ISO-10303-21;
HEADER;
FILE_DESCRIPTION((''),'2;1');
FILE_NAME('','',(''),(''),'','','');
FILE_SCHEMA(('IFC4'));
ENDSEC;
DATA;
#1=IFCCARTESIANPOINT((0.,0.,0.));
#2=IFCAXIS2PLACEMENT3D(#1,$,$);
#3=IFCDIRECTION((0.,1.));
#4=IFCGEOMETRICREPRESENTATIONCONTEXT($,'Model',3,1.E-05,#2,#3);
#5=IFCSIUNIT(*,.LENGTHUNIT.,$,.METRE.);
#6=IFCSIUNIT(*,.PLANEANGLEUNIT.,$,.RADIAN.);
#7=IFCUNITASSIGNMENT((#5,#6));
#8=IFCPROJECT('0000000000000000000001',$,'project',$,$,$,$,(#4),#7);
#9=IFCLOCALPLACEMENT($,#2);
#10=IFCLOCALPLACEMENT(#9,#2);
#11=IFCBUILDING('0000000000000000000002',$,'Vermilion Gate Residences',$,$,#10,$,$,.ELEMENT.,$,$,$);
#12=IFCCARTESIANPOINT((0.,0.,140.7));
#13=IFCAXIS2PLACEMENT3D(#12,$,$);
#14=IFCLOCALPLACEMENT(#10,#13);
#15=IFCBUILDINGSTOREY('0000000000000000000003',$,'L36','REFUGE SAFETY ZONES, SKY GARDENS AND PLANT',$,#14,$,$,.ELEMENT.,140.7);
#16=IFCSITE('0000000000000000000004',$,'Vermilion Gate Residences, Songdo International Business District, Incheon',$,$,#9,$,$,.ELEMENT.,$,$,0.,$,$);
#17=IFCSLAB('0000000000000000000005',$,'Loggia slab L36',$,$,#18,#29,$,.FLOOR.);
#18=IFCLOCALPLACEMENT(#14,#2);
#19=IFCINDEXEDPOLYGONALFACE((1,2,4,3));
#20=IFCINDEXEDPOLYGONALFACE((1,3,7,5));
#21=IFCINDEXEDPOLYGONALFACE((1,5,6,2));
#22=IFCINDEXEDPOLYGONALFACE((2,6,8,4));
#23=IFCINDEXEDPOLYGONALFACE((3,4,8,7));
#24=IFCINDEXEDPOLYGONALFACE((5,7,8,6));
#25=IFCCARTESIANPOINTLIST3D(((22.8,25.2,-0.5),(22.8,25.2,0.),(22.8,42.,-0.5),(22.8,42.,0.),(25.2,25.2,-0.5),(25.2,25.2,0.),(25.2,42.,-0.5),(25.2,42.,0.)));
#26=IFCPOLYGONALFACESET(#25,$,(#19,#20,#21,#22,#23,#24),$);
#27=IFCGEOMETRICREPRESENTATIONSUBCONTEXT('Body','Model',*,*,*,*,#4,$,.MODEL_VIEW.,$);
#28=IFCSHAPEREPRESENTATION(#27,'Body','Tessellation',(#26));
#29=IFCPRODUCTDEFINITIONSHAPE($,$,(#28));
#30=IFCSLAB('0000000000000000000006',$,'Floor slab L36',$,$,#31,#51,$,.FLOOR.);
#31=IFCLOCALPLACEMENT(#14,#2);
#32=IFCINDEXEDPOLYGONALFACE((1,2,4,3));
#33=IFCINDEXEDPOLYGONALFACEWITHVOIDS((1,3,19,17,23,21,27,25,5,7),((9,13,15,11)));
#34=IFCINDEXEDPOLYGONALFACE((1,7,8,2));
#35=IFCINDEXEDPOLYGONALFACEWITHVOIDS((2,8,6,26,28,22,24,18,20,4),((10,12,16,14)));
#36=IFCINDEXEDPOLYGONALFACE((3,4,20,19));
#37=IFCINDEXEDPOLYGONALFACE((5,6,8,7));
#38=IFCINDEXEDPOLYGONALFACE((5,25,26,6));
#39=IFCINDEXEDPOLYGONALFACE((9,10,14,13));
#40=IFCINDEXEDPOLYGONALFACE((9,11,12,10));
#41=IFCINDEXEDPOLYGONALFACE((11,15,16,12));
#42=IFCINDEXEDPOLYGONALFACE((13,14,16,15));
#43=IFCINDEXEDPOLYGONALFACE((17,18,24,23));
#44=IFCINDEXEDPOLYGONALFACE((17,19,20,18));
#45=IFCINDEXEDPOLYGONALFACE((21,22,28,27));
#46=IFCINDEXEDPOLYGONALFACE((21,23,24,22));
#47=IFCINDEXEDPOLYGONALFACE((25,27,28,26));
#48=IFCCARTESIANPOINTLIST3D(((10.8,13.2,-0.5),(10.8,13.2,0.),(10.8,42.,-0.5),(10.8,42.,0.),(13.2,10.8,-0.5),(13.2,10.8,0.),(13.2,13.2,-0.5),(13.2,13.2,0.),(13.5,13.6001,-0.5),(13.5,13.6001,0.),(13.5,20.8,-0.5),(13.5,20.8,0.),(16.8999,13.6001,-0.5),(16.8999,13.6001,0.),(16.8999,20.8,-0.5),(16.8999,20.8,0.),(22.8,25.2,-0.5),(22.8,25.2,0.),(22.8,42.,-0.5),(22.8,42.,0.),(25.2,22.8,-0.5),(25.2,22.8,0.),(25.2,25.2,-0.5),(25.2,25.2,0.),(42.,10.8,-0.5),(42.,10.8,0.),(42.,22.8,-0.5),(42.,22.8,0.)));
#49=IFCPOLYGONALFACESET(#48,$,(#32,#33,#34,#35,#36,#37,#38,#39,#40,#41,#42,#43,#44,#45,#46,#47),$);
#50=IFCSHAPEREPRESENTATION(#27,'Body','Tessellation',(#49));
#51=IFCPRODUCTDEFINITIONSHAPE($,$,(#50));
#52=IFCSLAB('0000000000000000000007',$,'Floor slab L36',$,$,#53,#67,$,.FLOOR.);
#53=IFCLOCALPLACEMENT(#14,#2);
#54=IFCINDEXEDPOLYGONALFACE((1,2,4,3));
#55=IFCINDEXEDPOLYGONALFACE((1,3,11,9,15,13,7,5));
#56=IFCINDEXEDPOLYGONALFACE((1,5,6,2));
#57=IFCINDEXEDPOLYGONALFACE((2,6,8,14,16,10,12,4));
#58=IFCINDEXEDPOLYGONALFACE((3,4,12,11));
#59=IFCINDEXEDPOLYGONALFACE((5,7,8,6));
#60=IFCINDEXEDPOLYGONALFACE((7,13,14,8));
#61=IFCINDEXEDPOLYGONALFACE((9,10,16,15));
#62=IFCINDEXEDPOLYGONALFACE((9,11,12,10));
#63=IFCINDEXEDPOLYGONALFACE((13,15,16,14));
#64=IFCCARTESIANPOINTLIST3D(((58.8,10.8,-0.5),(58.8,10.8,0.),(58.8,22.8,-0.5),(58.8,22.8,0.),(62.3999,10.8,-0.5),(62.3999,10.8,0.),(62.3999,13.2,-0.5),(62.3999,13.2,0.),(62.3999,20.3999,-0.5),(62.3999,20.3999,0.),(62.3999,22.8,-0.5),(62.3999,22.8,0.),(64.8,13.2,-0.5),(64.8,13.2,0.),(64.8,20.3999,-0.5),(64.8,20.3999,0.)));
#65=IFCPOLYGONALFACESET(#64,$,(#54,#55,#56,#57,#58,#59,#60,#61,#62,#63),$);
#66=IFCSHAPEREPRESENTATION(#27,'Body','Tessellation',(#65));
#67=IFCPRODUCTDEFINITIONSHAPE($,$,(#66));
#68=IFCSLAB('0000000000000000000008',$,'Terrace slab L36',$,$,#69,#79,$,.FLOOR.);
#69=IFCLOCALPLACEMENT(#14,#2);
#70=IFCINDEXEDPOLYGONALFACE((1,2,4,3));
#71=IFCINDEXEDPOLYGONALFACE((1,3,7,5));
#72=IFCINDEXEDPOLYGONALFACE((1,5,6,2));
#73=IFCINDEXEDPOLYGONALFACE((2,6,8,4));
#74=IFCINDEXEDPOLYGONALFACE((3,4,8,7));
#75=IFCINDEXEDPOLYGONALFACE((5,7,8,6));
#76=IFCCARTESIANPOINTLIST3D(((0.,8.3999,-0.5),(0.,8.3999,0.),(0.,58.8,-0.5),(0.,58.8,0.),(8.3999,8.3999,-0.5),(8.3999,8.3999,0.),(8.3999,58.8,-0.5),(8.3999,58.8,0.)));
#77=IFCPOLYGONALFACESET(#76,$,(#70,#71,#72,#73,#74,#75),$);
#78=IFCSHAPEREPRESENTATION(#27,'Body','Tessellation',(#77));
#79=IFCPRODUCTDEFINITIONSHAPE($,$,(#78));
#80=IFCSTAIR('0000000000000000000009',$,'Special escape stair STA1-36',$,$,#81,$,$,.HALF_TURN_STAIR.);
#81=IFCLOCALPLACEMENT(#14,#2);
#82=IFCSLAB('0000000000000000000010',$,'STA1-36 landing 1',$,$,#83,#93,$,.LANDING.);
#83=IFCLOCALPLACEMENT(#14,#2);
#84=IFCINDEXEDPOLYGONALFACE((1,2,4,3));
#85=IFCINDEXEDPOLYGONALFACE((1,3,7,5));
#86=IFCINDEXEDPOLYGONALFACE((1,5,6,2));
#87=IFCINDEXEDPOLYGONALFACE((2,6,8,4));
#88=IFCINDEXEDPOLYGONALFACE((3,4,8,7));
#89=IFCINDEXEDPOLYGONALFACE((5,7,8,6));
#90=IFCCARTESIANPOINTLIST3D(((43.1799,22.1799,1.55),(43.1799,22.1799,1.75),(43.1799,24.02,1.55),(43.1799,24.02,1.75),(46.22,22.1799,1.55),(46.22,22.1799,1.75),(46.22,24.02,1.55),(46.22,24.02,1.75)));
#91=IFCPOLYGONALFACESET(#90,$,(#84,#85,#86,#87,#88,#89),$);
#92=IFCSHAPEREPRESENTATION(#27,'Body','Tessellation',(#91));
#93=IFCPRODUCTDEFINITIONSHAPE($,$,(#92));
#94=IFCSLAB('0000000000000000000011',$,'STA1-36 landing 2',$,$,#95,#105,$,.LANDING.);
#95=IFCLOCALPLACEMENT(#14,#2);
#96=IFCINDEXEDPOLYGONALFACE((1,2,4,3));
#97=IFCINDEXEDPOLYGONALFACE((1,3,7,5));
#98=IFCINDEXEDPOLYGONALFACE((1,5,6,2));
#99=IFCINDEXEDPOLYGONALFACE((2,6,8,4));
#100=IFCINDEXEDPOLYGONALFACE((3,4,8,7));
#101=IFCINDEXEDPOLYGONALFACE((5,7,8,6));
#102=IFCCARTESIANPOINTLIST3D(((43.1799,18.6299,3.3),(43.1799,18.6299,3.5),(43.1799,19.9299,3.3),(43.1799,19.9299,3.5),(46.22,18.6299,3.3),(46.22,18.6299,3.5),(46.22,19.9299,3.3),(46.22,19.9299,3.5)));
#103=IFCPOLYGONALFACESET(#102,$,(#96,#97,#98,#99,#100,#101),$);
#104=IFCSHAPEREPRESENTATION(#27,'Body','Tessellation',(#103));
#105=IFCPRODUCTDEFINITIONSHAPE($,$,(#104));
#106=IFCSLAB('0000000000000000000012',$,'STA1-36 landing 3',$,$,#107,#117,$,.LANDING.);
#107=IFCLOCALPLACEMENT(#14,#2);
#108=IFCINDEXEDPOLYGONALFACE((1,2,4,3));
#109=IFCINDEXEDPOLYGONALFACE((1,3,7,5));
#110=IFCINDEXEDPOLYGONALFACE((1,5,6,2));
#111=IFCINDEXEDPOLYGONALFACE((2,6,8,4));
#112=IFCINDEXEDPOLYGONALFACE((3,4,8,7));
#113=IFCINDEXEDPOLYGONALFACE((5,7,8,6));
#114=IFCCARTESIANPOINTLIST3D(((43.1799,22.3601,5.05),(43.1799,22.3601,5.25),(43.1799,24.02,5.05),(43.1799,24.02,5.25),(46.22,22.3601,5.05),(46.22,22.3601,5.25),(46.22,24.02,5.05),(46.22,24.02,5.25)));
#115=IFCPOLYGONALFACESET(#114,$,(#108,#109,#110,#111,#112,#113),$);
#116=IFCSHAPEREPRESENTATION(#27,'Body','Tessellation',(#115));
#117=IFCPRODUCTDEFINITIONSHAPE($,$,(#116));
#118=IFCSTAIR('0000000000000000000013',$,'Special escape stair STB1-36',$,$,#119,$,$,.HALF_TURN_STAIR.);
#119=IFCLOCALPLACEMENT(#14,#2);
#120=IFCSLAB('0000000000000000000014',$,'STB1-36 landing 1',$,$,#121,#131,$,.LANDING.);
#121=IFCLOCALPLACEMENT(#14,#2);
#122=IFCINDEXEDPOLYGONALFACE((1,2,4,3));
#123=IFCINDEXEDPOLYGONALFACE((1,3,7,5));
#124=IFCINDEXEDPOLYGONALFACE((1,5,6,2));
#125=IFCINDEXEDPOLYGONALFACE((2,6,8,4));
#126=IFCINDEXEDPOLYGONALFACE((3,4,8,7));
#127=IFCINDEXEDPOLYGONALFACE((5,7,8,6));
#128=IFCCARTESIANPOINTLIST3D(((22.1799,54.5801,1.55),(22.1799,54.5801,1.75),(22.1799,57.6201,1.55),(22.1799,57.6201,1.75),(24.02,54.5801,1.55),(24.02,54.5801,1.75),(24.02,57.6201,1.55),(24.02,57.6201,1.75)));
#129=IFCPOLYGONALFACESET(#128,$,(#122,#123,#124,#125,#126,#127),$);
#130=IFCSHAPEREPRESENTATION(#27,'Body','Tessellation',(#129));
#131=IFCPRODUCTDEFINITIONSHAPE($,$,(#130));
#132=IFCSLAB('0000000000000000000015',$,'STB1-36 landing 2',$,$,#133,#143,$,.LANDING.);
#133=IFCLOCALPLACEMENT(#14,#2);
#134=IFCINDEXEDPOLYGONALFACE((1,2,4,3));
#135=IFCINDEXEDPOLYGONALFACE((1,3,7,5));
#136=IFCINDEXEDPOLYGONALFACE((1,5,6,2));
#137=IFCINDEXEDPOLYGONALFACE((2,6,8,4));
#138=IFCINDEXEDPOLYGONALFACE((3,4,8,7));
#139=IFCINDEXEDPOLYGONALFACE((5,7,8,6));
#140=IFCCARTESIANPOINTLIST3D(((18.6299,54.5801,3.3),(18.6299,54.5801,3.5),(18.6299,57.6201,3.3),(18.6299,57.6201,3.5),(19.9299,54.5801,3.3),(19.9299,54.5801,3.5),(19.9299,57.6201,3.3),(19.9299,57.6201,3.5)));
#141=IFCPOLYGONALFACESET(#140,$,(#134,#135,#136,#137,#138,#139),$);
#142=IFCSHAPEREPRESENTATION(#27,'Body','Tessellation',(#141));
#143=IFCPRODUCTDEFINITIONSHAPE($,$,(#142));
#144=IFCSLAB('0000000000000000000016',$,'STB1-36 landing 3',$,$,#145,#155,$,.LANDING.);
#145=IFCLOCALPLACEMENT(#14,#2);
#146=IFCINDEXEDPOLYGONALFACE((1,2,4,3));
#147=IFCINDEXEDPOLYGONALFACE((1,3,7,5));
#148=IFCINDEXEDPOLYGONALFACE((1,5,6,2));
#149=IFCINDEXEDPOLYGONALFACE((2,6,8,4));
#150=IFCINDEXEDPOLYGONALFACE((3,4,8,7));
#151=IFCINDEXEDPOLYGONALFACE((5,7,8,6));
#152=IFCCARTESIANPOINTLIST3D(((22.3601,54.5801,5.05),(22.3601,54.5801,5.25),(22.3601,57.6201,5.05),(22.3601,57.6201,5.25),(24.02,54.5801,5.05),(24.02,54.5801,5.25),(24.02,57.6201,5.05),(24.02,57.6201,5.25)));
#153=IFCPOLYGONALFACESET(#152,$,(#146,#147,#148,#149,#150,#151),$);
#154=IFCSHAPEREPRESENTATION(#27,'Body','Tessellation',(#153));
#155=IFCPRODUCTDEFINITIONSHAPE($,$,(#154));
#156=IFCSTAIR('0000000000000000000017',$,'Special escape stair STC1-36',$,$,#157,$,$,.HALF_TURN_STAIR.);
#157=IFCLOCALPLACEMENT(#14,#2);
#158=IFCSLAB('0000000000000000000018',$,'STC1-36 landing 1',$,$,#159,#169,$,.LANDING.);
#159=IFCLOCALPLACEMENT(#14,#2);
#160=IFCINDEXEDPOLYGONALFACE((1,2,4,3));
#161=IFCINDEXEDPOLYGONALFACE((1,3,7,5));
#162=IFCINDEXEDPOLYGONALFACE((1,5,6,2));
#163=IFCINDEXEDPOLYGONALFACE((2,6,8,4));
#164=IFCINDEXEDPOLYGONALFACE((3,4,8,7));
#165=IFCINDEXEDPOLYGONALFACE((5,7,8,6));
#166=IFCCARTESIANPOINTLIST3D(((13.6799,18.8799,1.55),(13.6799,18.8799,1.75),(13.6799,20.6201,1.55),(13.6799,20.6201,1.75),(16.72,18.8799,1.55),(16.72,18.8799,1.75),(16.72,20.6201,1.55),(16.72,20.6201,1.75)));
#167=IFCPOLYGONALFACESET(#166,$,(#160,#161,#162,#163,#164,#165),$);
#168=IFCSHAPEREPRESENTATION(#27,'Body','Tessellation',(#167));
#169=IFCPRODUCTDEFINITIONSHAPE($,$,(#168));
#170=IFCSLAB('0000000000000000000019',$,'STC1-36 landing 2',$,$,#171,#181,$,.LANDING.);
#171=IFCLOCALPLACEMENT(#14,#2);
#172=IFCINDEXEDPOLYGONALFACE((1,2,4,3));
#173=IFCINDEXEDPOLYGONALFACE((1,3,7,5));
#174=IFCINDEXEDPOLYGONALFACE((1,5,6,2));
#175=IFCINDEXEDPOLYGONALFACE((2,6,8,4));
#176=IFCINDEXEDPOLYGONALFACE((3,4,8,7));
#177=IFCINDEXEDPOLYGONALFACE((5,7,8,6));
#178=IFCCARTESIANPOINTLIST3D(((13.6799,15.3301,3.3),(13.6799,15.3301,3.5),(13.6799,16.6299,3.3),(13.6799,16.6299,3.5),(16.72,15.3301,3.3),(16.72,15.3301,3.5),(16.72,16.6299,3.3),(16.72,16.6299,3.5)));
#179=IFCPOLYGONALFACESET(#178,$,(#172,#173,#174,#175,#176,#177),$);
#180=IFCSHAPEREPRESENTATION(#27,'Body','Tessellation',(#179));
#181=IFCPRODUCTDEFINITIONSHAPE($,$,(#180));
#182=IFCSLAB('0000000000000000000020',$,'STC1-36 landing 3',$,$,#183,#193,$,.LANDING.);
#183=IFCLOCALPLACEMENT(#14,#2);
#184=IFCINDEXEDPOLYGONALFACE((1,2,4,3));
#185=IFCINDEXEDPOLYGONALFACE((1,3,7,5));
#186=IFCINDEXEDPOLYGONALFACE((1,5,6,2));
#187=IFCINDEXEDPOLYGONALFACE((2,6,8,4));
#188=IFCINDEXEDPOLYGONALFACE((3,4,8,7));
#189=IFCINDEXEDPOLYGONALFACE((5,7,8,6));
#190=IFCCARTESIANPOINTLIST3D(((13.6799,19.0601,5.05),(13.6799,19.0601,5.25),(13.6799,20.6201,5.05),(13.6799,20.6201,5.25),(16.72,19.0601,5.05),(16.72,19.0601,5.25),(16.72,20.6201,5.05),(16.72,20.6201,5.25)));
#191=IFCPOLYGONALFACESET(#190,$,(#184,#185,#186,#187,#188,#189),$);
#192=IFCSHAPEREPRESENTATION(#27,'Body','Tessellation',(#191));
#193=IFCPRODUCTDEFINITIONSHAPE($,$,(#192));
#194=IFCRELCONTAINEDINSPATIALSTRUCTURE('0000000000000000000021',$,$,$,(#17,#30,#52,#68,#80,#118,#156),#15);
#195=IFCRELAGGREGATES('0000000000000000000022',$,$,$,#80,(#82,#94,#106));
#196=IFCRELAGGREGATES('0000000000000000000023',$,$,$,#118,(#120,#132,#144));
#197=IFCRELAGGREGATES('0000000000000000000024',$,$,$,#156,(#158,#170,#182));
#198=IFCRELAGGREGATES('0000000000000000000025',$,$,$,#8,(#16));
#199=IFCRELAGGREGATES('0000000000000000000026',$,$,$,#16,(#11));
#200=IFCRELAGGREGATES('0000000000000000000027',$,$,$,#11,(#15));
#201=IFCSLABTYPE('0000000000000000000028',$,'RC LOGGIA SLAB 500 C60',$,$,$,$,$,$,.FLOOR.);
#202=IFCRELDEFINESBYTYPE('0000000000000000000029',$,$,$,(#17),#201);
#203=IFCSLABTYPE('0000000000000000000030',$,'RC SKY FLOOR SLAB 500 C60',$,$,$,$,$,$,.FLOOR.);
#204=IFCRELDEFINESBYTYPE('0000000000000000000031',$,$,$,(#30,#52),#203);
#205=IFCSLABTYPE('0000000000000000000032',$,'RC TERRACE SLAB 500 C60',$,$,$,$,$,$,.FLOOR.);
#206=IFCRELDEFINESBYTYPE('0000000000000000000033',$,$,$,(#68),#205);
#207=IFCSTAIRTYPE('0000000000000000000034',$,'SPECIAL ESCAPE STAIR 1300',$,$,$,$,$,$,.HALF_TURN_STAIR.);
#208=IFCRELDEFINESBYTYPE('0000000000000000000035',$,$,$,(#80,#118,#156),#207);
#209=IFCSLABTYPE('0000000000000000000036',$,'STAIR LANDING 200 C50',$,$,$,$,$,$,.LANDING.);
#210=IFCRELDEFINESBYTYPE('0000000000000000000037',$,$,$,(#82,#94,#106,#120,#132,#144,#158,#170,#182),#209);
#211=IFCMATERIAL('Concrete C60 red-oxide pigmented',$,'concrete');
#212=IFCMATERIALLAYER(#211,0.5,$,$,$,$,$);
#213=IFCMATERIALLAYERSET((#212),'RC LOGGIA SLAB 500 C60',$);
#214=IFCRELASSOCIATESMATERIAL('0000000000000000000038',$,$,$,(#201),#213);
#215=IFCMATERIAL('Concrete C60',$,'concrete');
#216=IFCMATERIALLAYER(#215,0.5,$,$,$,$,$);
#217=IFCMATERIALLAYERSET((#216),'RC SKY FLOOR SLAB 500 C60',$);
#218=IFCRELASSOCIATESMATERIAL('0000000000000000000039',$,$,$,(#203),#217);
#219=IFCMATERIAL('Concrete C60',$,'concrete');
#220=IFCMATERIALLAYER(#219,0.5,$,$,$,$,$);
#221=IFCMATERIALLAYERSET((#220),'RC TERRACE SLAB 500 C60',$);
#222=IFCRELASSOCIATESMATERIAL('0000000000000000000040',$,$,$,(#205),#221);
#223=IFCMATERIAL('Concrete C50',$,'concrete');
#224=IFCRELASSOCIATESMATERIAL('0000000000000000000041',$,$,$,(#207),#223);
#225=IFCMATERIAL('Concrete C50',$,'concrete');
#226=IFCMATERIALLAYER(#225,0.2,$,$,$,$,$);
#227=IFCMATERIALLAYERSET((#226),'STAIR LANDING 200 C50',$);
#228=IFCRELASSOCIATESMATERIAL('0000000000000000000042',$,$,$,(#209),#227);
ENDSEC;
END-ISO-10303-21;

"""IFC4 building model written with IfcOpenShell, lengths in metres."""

from ifc_helpers import new_model, si_unit, direction, frame, origin, place, context, subcontext, project, spatial, polyline, outline, extrude, material, layer, layer_set, type_object, element, aggregate, save


model = new_model("IFC4")

# Units and contexts
model_context = context("Model", 3, precision=1e-05, world=origin(), true_north=direction((0.0, 1.0)))
body_context = subcontext(model_context, "Body", "Model", "MODEL_VIEW")
ifc_project = project(units=[si_unit("LENGTHUNIT", "METRE"), si_unit("PLANEANGLEUNIT", "RADIAN")], contexts=[model_context])

# Site, building, storey
site_placement = place(None, origin())
site = spatial("IfcSite", under=ifc_project, at=site_placement, Name="Vermilion Gate Residences, Songdo International Business District, Incheon", CompositionType="ELEMENT", RefElevation=0.0)
building_placement = place(site_placement, origin())
building = spatial("IfcBuilding", under=site, at=building_placement, Name="Vermilion Gate Residences", CompositionType="ELEMENT")
storey_placement = place(building_placement, frame((0.0, 0.0, 140.7)))
storey = spatial("IfcBuildingStorey", under=building, at=storey_placement, Name="L36", Description="REFUGE SAFETY ZONES, SKY GARDENS AND PLANT", CompositionType="ELEMENT", Elevation=140.7)

# Slabs
ifc_material_1 = material(Name="Concrete C60 red-oxide pigmented", Category="concrete")
ifc_layer_1 = layer(ifc_material_1, 0.5)
ifc_layer_set_1 = layer_set([ifc_layer_1], Name="RC LOGGIA SLAB 500 C60")
slab_type_1 = type_object("IfcSlabType", Name="RC LOGGIA SLAB 500 C60", PredefinedType="FLOOR", material=ifc_layer_set_1)
slab_1_placement = place(storey_placement, frame((0.0, 0.0, -0.5)))
element("IfcSlab", 1, at=slab_1_placement, inside=storey, type_object=slab_type_1, Name="Loggia slab L36", PredefinedType="FLOOR", context=body_context, shape_type="SweptSolid", body=[
    extrude(outline(polyline([(22.8, 42.0), (22.8, 25.2), (25.2, 25.2), (25.2, 42.0), (22.8, 42.0)])), origin(), (0.0, 0.0, 1.0), 0.5),
])
ifc_material_2 = material(Name="Concrete C60", Category="concrete")
ifc_layer_2 = layer(ifc_material_2, 0.5)
ifc_layer_set_2 = layer_set([ifc_layer_2], Name="RC SKY FLOOR SLAB 500 C60")
slab_type_2 = type_object("IfcSlabType", Name="RC SKY FLOOR SLAB 500 C60", PredefinedType="FLOOR", material=ifc_layer_set_2)
slab_2_placement = place(storey_placement, frame((0.0, 0.0, -0.5)))
element("IfcSlab", 2, at=slab_2_placement, inside=storey, type_object=slab_type_2, Name="Floor slab L36", PredefinedType="FLOOR", context=body_context, shape_type="SweptSolid", body=[
    extrude(outline(polyline([(22.8, 25.2), (22.8, 42.0), (10.8, 42.0), (10.8, 13.2), (13.2, 13.2), (13.2, 10.8), (42.0, 10.8), (42.0, 22.8), (25.2, 22.8), (25.2, 25.2), (22.8, 25.2)]), holes=[polyline([(13.5, 13.6001), (13.5, 20.8), (16.8999, 20.8), (16.8999, 13.6001), (13.5, 13.6001)])]), origin(), (0.0, 0.0, 1.0), 0.5),
])
slab_3_placement = place(storey_placement, frame((0.0, 0.0, -0.5)))
element("IfcSlab", 3, at=slab_3_placement, inside=storey, type_object=slab_type_2, Name="Floor slab L36", PredefinedType="FLOOR", context=body_context, shape_type="SweptSolid", body=[
    extrude(outline(polyline([(58.8, 22.8), (58.8, 10.8), (62.3999, 10.8), (62.3999, 13.2), (64.8, 13.2), (64.8, 20.3999), (62.3999, 20.3999), (62.3999, 22.8), (58.8, 22.8)])), origin(), (0.0, 0.0, 1.0), 0.5),
])
ifc_material_3 = material(Name="Concrete C60", Category="concrete")
ifc_layer_3 = layer(ifc_material_3, 0.5)
ifc_layer_set_3 = layer_set([ifc_layer_3], Name="RC TERRACE SLAB 500 C60")
slab_type_3 = type_object("IfcSlabType", Name="RC TERRACE SLAB 500 C60", PredefinedType="FLOOR", material=ifc_layer_set_3)
slab_4_placement = place(storey_placement, frame((0.0, 0.0, -0.5)))
element("IfcSlab", 4, at=slab_4_placement, inside=storey, type_object=slab_type_3, Name="Terrace slab L36", PredefinedType="FLOOR", context=body_context, shape_type="SweptSolid", body=[
    extrude(outline(polyline([(0.0, 58.8), (0.0, 8.3999), (8.3999, 8.3999), (8.3999, 58.8), (0.0, 58.8)])), origin(), (0.0, 0.0, 1.0), 0.5),
])

# Stairs, slabs
ifc_material_4 = material(Name="Concrete C50", Category="concrete")
stair_type = type_object("IfcStairType", Name="SPECIAL ESCAPE STAIR 1300", PredefinedType="HALF_TURN_STAIR", material=ifc_material_4)
stair_1_placement = place(storey_placement, origin())
stair_1 = element("IfcStair", 5, at=stair_1_placement, inside=storey, type_object=stair_type, Name="Special escape stair STA1-36", PredefinedType="HALF_TURN_STAIR")
ifc_material_5 = material(Name="Concrete C50", Category="concrete")
ifc_layer_4 = layer(ifc_material_5, 0.2)
ifc_layer_set_4 = layer_set([ifc_layer_4], Name="STAIR LANDING 200 C50")
slab_type_4 = type_object("IfcSlabType", Name="STAIR LANDING 200 C50", PredefinedType="LANDING", material=ifc_layer_set_4)
slab_5_placement = place(storey_placement, frame((0.0, 0.0, 1.55)))
slab_5 = element("IfcSlab", 6, at=slab_5_placement, type_object=slab_type_4, Name="STA1-36 landing 1", PredefinedType="LANDING", context=body_context, shape_type="SweptSolid", body=[
    extrude(outline(polyline([(46.22, 22.1799), (46.22, 24.02), (43.1799, 24.02), (43.1799, 22.1799), (46.22, 22.1799)])), origin(), (0.0, 0.0, 1.0), 0.2),
])
slab_6_placement = place(storey_placement, frame((0.0, 0.0, 3.3)))
slab_6 = element("IfcSlab", 7, at=slab_6_placement, type_object=slab_type_4, Name="STA1-36 landing 2", PredefinedType="LANDING", context=body_context, shape_type="SweptSolid", body=[
    extrude(outline(polyline([(46.22, 18.6299), (46.22, 19.9299), (43.1799, 19.9299), (43.1799, 18.6299), (46.22, 18.6299)])), origin(), (0.0, 0.0, 1.0), 0.2),
])
slab_7_placement = place(storey_placement, frame((0.0, 0.0, 5.05)))
slab_7 = element("IfcSlab", 8, at=slab_7_placement, type_object=slab_type_4, Name="STA1-36 landing 3", PredefinedType="LANDING", context=body_context, shape_type="SweptSolid", body=[
    extrude(outline(polyline([(46.22, 22.3601), (46.22, 24.02), (43.1799, 24.02), (43.1799, 22.3601), (46.22, 22.3601)])), origin(), (0.0, 0.0, 1.0), 0.2),
])
aggregate(stair_1, [slab_5, slab_6, slab_7])
stair_2_placement = place(storey_placement, origin())
stair_2 = element("IfcStair", 9, at=stair_2_placement, inside=storey, type_object=stair_type, Name="Special escape stair STB1-36", PredefinedType="HALF_TURN_STAIR")
slab_8_placement = place(storey_placement, frame((0.0, 0.0, 1.55)))
slab_8 = element("IfcSlab", 10, at=slab_8_placement, type_object=slab_type_4, Name="STB1-36 landing 1", PredefinedType="LANDING", context=body_context, shape_type="SweptSolid", body=[
    extrude(outline(polyline([(24.02, 54.5801), (24.02, 57.6201), (22.1799, 57.6201), (22.1799, 54.5801), (24.02, 54.5801)])), origin(), (0.0, 0.0, 1.0), 0.2),
])
slab_9_placement = place(storey_placement, frame((0.0, 0.0, 3.3)))
slab_9 = element("IfcSlab", 11, at=slab_9_placement, type_object=slab_type_4, Name="STB1-36 landing 2", PredefinedType="LANDING", context=body_context, shape_type="SweptSolid", body=[
    extrude(outline(polyline([(19.9299, 54.5801), (19.9299, 57.6201), (18.6299, 57.6201), (18.6299, 54.5801), (19.9299, 54.5801)])), origin(), (0.0, 0.0, 1.0), 0.2),
])
slab_10_placement = place(storey_placement, frame((0.0, 0.0, 5.05)))
slab_10 = element("IfcSlab", 12, at=slab_10_placement, type_object=slab_type_4, Name="STB1-36 landing 3", PredefinedType="LANDING", context=body_context, shape_type="SweptSolid", body=[
    extrude(outline(polyline([(24.02, 54.5801), (24.02, 57.6201), (22.3601, 57.6201), (22.3601, 54.5801), (24.02, 54.5801)])), origin(), (0.0, 0.0, 1.0), 0.2),
])
aggregate(stair_2, [slab_8, slab_9, slab_10])
stair_3_placement = place(storey_placement, origin())
stair_3 = element("IfcStair", 13, at=stair_3_placement, inside=storey, type_object=stair_type, Name="Special escape stair STC1-36", PredefinedType="HALF_TURN_STAIR")
slab_11_placement = place(storey_placement, frame((0.0, 0.0, 1.55)))
slab_11 = element("IfcSlab", 14, at=slab_11_placement, type_object=slab_type_4, Name="STC1-36 landing 1", PredefinedType="LANDING", context=body_context, shape_type="SweptSolid", body=[
    extrude(outline(polyline([(16.72, 18.8799), (16.72, 20.6201), (13.6799, 20.6201), (13.6799, 18.8799), (16.72, 18.8799)])), origin(), (0.0, 0.0, 1.0), 0.2),
])
slab_12_placement = place(storey_placement, frame((0.0, 0.0, 3.3)))
slab_12 = element("IfcSlab", 15, at=slab_12_placement, type_object=slab_type_4, Name="STC1-36 landing 2", PredefinedType="LANDING", context=body_context, shape_type="SweptSolid", body=[
    extrude(outline(polyline([(16.72, 15.3301), (16.72, 16.6299), (13.6799, 16.6299), (13.6799, 15.3301), (16.72, 15.3301)])), origin(), (0.0, 0.0, 1.0), 0.2),
])
slab_13_placement = place(storey_placement, frame((0.0, 0.0, 5.05)))
slab_13 = element("IfcSlab", 16, at=slab_13_placement, type_object=slab_type_4, Name="STC1-36 landing 3", PredefinedType="LANDING", context=body_context, shape_type="SweptSolid", body=[
    extrude(outline(polyline([(16.72, 19.0601), (16.72, 20.6201), (13.6799, 20.6201), (13.6799, 19.0601), (16.72, 19.0601)])), origin(), (0.0, 0.0, 1.0), 0.2),
])
aggregate(stair_3, [slab_11, slab_12, slab_13])

save(model, "model.ifc")
